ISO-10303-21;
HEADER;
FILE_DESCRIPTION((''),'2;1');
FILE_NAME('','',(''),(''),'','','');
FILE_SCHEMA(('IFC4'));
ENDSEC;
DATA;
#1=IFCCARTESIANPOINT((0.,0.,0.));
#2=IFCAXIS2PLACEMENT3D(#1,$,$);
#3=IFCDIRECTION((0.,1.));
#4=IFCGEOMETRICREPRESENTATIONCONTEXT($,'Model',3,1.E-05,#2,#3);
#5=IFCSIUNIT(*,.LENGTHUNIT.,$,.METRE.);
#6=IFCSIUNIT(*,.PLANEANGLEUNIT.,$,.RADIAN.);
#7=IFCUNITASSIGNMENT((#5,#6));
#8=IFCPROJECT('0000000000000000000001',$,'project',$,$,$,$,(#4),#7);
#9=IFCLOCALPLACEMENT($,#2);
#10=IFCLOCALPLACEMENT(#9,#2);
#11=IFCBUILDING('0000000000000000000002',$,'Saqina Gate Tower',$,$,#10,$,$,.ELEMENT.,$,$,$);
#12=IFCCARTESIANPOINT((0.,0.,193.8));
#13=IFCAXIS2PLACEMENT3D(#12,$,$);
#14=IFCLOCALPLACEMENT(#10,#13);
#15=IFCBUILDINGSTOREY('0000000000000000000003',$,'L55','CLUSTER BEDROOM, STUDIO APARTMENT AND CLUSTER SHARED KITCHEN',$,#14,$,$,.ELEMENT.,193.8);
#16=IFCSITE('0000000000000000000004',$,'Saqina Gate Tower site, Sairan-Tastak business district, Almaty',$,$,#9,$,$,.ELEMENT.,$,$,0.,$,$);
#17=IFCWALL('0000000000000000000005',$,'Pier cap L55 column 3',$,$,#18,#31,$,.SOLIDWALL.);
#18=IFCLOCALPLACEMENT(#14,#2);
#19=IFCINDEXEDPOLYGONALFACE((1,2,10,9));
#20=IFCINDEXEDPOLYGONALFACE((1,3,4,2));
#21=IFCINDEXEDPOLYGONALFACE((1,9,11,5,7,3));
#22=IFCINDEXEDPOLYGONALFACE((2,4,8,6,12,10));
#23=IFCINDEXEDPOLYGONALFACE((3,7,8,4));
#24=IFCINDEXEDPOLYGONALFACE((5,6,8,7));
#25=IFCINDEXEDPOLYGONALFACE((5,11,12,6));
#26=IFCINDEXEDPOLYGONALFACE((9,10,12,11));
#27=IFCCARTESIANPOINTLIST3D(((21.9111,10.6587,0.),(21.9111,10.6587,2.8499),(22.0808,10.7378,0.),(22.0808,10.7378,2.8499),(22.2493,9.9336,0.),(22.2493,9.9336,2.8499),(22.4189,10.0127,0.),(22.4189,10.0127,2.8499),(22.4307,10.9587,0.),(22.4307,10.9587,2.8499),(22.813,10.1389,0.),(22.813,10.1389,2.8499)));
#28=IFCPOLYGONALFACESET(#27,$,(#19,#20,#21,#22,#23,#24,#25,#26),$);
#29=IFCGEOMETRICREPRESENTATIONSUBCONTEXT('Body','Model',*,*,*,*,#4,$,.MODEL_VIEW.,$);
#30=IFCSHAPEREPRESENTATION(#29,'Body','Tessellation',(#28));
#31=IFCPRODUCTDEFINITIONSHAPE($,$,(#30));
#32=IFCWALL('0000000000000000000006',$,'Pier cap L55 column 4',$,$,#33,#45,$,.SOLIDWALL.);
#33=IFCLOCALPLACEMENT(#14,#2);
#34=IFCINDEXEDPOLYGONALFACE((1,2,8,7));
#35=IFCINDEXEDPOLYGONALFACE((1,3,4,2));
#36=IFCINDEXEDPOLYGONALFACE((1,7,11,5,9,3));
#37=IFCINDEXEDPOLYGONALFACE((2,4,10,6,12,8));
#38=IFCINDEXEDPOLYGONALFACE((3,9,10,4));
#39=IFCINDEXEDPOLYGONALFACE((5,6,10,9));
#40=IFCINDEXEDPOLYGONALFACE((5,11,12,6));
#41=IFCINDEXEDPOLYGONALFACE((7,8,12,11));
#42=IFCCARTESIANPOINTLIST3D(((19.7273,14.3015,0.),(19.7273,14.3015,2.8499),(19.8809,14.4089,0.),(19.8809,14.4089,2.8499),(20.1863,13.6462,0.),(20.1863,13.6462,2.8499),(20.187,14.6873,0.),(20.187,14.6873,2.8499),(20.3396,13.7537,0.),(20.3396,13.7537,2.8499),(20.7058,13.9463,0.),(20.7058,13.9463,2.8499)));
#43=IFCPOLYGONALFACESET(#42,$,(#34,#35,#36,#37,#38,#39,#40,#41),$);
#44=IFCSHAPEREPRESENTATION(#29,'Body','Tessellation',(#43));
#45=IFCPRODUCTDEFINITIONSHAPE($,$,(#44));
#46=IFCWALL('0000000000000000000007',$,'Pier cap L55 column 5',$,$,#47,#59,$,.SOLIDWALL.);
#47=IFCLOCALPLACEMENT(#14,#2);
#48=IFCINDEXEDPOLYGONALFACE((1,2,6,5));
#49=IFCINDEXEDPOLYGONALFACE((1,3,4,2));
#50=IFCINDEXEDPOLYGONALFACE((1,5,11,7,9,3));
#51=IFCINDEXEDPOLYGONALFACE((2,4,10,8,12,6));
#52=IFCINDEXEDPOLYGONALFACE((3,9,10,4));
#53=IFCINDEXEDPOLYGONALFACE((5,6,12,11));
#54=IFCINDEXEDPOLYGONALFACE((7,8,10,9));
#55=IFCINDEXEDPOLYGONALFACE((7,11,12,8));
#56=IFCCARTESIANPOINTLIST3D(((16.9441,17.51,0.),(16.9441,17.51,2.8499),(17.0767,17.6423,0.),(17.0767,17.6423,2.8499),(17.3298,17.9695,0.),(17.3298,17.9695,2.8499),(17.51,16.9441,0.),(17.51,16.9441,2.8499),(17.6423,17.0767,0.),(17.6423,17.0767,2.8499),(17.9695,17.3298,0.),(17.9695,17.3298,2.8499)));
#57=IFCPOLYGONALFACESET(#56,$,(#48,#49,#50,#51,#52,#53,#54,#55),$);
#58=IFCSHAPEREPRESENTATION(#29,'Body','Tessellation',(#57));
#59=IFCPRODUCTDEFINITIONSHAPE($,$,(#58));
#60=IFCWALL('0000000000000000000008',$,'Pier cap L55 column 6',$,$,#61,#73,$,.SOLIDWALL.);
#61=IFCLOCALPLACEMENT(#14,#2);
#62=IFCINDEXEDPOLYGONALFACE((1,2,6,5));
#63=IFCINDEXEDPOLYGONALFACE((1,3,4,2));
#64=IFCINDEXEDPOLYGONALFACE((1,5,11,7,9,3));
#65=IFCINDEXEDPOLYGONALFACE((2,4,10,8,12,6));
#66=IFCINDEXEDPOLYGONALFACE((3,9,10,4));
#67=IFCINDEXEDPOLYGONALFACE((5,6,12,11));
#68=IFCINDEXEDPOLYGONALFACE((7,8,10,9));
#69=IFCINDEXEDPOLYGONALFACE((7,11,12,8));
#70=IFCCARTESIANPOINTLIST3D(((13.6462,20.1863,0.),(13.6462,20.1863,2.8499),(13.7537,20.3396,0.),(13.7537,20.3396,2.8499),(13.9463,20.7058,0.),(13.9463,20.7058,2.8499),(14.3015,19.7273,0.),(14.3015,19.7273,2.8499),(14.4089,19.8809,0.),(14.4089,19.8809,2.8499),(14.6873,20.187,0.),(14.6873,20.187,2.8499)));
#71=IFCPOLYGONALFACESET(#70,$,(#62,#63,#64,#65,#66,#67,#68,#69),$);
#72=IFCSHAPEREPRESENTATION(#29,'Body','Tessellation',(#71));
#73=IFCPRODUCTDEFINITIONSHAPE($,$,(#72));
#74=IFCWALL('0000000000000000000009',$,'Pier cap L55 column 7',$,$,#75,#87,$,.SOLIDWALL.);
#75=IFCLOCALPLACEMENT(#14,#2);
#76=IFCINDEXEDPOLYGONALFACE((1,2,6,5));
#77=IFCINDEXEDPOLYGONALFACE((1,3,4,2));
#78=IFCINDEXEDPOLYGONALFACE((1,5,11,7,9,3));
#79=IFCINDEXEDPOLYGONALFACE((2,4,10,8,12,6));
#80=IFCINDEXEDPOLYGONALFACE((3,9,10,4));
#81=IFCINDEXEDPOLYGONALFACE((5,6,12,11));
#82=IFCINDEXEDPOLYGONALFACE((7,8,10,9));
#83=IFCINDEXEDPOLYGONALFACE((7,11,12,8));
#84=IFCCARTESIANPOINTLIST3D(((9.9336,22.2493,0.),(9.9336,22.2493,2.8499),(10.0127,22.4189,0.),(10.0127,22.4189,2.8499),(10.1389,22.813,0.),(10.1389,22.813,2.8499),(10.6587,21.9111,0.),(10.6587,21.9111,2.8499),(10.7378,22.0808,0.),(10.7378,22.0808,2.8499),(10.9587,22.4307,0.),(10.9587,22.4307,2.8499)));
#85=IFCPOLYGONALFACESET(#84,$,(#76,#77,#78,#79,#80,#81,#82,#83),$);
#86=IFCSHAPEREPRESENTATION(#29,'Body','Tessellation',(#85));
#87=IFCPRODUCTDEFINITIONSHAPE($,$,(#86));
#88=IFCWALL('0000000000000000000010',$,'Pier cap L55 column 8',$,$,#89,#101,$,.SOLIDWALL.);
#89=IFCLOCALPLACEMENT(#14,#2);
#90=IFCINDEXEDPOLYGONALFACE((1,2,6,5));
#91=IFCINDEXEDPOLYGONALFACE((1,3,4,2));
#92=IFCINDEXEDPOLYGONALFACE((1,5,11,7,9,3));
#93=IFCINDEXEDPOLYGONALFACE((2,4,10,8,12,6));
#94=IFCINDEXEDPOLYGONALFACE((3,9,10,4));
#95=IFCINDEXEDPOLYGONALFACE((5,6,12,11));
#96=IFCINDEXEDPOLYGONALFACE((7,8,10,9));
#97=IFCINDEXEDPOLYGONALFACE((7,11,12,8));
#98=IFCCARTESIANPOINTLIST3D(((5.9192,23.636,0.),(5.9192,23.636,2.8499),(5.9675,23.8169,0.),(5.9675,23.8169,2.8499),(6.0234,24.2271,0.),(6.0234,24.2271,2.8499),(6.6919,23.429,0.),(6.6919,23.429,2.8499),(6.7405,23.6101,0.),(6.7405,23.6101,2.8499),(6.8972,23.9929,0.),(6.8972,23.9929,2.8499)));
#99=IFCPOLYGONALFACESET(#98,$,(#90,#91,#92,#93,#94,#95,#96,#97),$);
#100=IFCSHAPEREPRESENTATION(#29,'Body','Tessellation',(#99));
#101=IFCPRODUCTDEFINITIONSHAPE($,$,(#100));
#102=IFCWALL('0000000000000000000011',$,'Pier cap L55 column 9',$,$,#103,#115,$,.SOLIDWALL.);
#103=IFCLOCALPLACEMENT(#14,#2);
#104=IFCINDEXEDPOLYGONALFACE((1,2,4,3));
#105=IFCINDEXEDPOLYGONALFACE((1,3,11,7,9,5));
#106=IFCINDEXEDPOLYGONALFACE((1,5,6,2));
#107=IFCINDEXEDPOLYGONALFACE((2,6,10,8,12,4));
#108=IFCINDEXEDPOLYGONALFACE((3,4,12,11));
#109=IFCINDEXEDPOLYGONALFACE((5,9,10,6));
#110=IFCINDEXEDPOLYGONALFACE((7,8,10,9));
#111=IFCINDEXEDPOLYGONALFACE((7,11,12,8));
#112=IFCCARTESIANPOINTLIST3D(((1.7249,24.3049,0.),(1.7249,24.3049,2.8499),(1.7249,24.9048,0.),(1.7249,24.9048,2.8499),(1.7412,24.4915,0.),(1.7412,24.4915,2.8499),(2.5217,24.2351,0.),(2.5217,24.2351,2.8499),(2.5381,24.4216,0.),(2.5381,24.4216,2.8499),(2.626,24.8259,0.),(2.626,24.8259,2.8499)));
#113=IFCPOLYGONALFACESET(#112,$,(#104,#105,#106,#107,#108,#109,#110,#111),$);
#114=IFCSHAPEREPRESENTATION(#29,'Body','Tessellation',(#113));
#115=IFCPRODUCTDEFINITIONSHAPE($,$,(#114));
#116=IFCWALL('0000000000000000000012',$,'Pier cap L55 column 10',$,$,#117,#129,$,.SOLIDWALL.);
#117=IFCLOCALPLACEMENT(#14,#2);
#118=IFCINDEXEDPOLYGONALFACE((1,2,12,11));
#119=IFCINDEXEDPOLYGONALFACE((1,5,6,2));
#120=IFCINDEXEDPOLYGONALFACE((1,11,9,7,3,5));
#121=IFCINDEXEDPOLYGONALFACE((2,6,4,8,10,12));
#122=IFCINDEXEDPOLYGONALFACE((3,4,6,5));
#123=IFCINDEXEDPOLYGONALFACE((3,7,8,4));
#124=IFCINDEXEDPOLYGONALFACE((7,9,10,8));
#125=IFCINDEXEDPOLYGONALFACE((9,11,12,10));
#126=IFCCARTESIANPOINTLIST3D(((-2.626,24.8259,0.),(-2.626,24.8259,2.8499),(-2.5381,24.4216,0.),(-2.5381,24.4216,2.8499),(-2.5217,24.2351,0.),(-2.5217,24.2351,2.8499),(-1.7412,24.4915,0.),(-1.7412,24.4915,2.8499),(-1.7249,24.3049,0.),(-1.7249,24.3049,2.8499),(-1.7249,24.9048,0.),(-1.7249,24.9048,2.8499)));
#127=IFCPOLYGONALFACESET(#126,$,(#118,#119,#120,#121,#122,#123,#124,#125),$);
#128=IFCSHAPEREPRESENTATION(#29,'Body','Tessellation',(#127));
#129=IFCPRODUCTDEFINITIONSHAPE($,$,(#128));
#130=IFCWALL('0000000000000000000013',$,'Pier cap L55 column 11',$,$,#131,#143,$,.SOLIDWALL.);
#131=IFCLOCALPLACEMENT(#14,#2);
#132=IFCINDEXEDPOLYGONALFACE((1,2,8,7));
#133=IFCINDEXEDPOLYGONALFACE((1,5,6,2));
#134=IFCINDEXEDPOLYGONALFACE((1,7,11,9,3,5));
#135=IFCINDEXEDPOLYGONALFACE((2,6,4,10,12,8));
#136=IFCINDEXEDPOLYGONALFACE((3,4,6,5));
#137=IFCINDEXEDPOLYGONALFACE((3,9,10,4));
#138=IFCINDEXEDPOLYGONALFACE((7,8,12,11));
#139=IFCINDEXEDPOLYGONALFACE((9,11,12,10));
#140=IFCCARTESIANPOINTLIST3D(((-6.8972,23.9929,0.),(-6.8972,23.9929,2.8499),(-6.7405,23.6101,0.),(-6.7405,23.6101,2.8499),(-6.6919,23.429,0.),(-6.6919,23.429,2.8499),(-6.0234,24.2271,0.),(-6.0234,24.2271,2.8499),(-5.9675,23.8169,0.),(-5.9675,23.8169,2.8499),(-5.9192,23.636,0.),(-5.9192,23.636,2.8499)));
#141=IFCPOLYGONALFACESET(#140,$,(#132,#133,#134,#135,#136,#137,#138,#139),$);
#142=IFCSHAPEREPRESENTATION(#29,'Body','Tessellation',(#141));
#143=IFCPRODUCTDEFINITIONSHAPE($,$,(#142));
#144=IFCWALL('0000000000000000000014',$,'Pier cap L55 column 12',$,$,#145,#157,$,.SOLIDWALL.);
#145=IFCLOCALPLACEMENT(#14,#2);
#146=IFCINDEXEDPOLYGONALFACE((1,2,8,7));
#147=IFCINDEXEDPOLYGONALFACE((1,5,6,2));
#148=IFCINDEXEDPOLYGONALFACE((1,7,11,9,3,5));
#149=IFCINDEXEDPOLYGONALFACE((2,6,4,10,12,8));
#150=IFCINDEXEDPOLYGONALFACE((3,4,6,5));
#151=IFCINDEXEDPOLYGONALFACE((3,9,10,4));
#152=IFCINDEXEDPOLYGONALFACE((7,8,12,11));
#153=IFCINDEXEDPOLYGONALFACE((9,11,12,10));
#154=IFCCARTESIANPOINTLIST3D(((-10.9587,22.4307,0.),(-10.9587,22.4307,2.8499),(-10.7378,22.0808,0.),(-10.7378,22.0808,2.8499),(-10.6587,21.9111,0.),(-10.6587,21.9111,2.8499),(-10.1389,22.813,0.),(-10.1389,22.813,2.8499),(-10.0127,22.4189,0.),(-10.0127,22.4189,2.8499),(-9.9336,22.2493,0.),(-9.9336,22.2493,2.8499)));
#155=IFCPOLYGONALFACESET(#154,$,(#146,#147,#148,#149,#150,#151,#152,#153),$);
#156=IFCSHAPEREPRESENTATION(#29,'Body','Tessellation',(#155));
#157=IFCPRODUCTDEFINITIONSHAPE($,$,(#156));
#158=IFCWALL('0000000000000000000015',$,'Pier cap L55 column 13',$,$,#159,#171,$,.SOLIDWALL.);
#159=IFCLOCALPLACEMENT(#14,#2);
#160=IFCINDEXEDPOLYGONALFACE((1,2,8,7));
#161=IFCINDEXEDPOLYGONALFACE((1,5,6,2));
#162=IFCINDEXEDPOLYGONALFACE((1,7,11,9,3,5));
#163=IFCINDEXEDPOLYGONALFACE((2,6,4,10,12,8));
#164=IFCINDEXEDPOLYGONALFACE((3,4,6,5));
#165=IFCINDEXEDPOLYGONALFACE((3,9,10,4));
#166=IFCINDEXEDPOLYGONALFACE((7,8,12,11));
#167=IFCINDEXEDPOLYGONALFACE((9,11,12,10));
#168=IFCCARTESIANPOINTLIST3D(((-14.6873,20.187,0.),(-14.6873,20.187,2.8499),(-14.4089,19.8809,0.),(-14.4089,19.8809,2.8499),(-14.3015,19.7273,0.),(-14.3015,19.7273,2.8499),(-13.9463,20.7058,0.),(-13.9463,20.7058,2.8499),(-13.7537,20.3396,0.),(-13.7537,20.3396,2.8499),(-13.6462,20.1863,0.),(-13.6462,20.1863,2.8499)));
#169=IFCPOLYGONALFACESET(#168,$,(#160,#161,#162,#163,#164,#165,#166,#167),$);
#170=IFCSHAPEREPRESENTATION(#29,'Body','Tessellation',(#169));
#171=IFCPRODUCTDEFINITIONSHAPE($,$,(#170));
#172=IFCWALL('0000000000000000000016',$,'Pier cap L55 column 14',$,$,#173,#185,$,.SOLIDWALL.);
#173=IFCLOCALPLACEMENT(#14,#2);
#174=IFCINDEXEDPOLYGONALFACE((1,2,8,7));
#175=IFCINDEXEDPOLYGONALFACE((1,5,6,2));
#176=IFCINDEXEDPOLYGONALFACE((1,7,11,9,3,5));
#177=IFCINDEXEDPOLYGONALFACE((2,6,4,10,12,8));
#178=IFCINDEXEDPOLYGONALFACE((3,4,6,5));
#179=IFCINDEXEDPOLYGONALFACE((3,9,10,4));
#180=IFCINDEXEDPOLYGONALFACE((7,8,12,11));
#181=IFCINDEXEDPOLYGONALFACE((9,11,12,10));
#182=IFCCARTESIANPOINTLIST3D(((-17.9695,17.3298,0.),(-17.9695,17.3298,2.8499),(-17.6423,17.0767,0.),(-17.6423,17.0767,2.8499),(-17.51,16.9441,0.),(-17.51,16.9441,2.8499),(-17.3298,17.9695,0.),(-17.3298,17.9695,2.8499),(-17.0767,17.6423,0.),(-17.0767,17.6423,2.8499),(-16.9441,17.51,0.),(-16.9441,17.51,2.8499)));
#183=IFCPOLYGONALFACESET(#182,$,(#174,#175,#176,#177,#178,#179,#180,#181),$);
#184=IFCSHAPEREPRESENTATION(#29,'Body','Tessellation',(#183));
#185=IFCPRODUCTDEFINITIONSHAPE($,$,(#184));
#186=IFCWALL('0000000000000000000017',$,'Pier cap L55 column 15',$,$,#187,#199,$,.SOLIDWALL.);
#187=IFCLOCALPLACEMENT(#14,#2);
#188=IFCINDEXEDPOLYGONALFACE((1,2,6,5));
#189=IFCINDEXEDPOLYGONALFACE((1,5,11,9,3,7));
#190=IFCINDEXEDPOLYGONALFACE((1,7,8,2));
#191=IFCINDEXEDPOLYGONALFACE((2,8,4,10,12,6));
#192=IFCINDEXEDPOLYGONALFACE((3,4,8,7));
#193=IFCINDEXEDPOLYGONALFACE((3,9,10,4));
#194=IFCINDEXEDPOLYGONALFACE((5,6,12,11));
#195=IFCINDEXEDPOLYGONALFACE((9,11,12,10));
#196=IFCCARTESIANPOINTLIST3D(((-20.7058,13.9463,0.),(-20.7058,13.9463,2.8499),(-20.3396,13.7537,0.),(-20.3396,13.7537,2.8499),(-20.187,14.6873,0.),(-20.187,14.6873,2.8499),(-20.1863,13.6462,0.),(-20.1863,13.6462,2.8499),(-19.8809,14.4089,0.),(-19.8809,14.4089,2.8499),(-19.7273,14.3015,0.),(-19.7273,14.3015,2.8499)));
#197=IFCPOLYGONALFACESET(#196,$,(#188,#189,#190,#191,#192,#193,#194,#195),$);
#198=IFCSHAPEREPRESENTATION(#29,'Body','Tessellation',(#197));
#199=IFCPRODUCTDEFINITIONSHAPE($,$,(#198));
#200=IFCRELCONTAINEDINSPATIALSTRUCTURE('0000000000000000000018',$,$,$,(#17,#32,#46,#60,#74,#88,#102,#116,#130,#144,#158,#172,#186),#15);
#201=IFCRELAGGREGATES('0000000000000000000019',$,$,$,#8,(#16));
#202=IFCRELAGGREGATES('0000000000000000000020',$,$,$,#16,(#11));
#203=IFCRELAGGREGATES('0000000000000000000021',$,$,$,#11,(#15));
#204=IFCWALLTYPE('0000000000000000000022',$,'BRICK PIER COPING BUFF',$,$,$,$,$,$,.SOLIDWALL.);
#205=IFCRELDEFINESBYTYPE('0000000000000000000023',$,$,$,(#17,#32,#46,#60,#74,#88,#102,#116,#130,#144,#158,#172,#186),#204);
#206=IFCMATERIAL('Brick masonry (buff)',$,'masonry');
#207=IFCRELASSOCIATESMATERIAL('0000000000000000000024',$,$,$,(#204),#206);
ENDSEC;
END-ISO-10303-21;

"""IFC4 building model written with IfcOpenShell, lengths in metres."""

from ifc_helpers import new_model, si_unit, direction, frame, origin, place, context, subcontext, project, spatial, polyline, outline, extrude, material, type_object, element, save


model = new_model("IFC4")

# Units and contexts
model_context = context("Model", 3, precision=1e-05, world=origin(), true_north=direction((0.0, 1.0)))
body_context = subcontext(model_context, "Body", "Model", "MODEL_VIEW")
ifc_project = project(units=[si_unit("LENGTHUNIT", "METRE"), si_unit("PLANEANGLEUNIT", "RADIAN")], contexts=[model_context])

# Site, building, storey
site_placement = place(None, origin())
site = spatial("IfcSite", under=ifc_project, at=site_placement, Name="Saqina Gate Tower site, Sairan-Tastak business district, Almaty", CompositionType="ELEMENT", RefElevation=0.0)
building_placement = place(site_placement, origin())
building = spatial("IfcBuilding", under=site, at=building_placement, Name="Saqina Gate Tower", CompositionType="ELEMENT")
storey_placement = place(building_placement, frame((0.0, 0.0, 193.8)))
storey = spatial("IfcBuildingStorey", under=building, at=storey_placement, Name="L55", Description="CLUSTER BEDROOM, STUDIO APARTMENT AND CLUSTER SHARED KITCHEN", CompositionType="ELEMENT", Elevation=193.8)

# Walls
ifc_material = material(Name="Brick masonry (buff)", Category="masonry")
wall_type = type_object("IfcWallType", Name="BRICK PIER COPING BUFF", PredefinedType="SOLIDWALL", material=ifc_material)
wall_1_placement = place(storey_placement, origin())
element("IfcWall", 1, at=wall_1_placement, inside=storey, type_object=wall_type, Name="Pier cap L55 column 3", PredefinedType="SOLIDWALL", context=body_context, shape_type="SweptSolid", body=[
    extrude(outline(polyline([(22.4307, 10.9587), (21.9111, 10.6587), (22.0808, 10.7378), (22.4189, 10.0127), (22.2493, 9.9336), (22.813, 10.1389), (22.4307, 10.9587)])), origin(), (0.0, 0.0, 1.0), 2.8499),
])
wall_2_placement = place(storey_placement, origin())
element("IfcWall", 2, at=wall_2_placement, inside=storey, type_object=wall_type, Name="Pier cap L55 column 4", PredefinedType="SOLIDWALL", context=body_context, shape_type="SweptSolid", body=[
    extrude(outline(polyline([(20.7058, 13.9463), (20.187, 14.6873), (19.7273, 14.3015), (19.8809, 14.4089), (20.3396, 13.7537), (20.1863, 13.6462), (20.7058, 13.9463)])), origin(), (0.0, 0.0, 1.0), 2.8499),
])
wall_3_placement = place(storey_placement, origin())
element("IfcWall", 3, at=wall_3_placement, inside=storey, type_object=wall_type, Name="Pier cap L55 column 5", PredefinedType="SOLIDWALL", context=body_context, shape_type="SweptSolid", body=[
    extrude(outline(polyline([(17.3298, 17.9695), (16.9441, 17.51), (17.0767, 17.6423), (17.6423, 17.0767), (17.51, 16.9441), (17.9695, 17.3298), (17.3298, 17.9695)])), origin(), (0.0, 0.0, 1.0), 2.8499),
])
wall_4_placement = place(storey_placement, origin())
element("IfcWall", 4, at=wall_4_placement, inside=storey, type_object=wall_type, Name="Pier cap L55 column 6", PredefinedType="SOLIDWALL", context=body_context, shape_type="SweptSolid", body=[
    extrude(outline(polyline([(14.6873, 20.187), (13.9463, 20.7058), (13.6462, 20.1863), (13.7537, 20.3396), (14.4089, 19.8809), (14.3015, 19.7273), (14.6873, 20.187)])), origin(), (0.0, 0.0, 1.0), 2.8499),
])
wall_5_placement = place(storey_placement, origin())
element("IfcWall", 5, at=wall_5_placement, inside=storey, type_object=wall_type, Name="Pier cap L55 column 7", PredefinedType="SOLIDWALL", context=body_context, shape_type="SweptSolid", body=[
    extrude(outline(polyline([(10.1389, 22.813), (9.9336, 22.2493), (10.0127, 22.4189), (10.7378, 22.0808), (10.6587, 21.9111), (10.9587, 22.4307), (10.1389, 22.813)])), origin(), (0.0, 0.0, 1.0), 2.8499),
])
wall_6_placement = place(storey_placement, origin())
element("IfcWall", 6, at=wall_6_placement, inside=storey, type_object=wall_type, Name="Pier cap L55 column 8", PredefinedType="SOLIDWALL", context=body_context, shape_type="SweptSolid", body=[
    extrude(outline(polyline([(6.0234, 24.2271), (5.9192, 23.636), (5.9675, 23.8169), (6.7405, 23.6101), (6.6919, 23.429), (6.8972, 23.9929), (6.0234, 24.2271)])), origin(), (0.0, 0.0, 1.0), 2.8499),
])
wall_7_placement = place(storey_placement, origin())
element("IfcWall", 7, at=wall_7_placement, inside=storey, type_object=wall_type, Name="Pier cap L55 column 9", PredefinedType="SOLIDWALL", context=body_context, shape_type="SweptSolid", body=[
    extrude(outline(polyline([(2.626, 24.8259), (1.7249, 24.9048), (1.7249, 24.3049), (1.7412, 24.4915), (2.5381, 24.4216), (2.5217, 24.2351), (2.626, 24.8259)])), origin(), (0.0, 0.0, 1.0), 2.8499),
])
wall_8_placement = place(storey_placement, origin())
element("IfcWall", 8, at=wall_8_placement, inside=storey, type_object=wall_type, Name="Pier cap L55 column 10", PredefinedType="SOLIDWALL", context=body_context, shape_type="SweptSolid", body=[
    extrude(outline(polyline([(-1.7249, 24.9048), (-2.626, 24.8259), (-2.5217, 24.2351), (-2.5381, 24.4216), (-1.7412, 24.4915), (-1.7249, 24.3049), (-1.7249, 24.9048)])), origin(), (0.0, 0.0, 1.0), 2.8499),
])
wall_9_placement = place(storey_placement, origin())
element("IfcWall", 9, at=wall_9_placement, inside=storey, type_object=wall_type, Name="Pier cap L55 column 11", PredefinedType="SOLIDWALL", context=body_context, shape_type="SweptSolid", body=[
    extrude(outline(polyline([(-6.0234, 24.2271), (-6.8972, 23.9929), (-6.6919, 23.429), (-6.7405, 23.6101), (-5.9675, 23.8169), (-5.9192, 23.636), (-6.0234, 24.2271)])), origin(), (0.0, 0.0, 1.0), 2.8499),
])
wall_10_placement = place(storey_placement, origin())
element("IfcWall", 10, at=wall_10_placement, inside=storey, type_object=wall_type, Name="Pier cap L55 column 12", PredefinedType="SOLIDWALL", context=body_context, shape_type="SweptSolid", body=[
    extrude(outline(polyline([(-10.9587, 22.4307), (-10.6587, 21.9111), (-10.7378, 22.0808), (-10.0127, 22.4189), (-9.9336, 22.2493), (-10.1389, 22.813), (-10.9587, 22.4307)])), origin(), (0.0, 0.0, 1.0), 2.8499),
])
wall_11_placement = place(storey_placement, origin())
element("IfcWall", 11, at=wall_11_placement, inside=storey, type_object=wall_type, Name="Pier cap L55 column 13", PredefinedType="SOLIDWALL", context=body_context, shape_type="SweptSolid", body=[
    extrude(outline(polyline([(-13.9463, 20.7058), (-14.6873, 20.187), (-14.3015, 19.7273), (-14.4089, 19.8809), (-13.7537, 20.3396), (-13.6462, 20.1863), (-13.9463, 20.7058)])), origin(), (0.0, 0.0, 1.0), 2.8499),
])
wall_12_placement = place(storey_placement, origin())
element("IfcWall", 12, at=wall_12_placement, inside=storey, type_object=wall_type, Name="Pier cap L55 column 14", PredefinedType="SOLIDWALL", context=body_context, shape_type="SweptSolid", body=[
    extrude(outline(polyline([(-17.9695, 17.3298), (-17.51, 16.9441), (-17.6423, 17.0767), (-17.0767, 17.6423), (-16.9441, 17.51), (-17.3298, 17.9695), (-17.9695, 17.3298)])), origin(), (0.0, 0.0, 1.0), 2.8499),
])
wall_13_placement = place(storey_placement, origin())
element("IfcWall", 13, at=wall_13_placement, inside=storey, type_object=wall_type, Name="Pier cap L55 column 15", PredefinedType="SOLIDWALL", context=body_context, shape_type="SweptSolid", body=[
    extrude(outline(polyline([(-20.187, 14.6873), (-20.7058, 13.9463), (-20.1863, 13.6462), (-20.3396, 13.7537), (-19.8809, 14.4089), (-19.7273, 14.3015), (-20.187, 14.6873)])), origin(), (0.0, 0.0, 1.0), 2.8499),
])

save(model, "model.ifc")
